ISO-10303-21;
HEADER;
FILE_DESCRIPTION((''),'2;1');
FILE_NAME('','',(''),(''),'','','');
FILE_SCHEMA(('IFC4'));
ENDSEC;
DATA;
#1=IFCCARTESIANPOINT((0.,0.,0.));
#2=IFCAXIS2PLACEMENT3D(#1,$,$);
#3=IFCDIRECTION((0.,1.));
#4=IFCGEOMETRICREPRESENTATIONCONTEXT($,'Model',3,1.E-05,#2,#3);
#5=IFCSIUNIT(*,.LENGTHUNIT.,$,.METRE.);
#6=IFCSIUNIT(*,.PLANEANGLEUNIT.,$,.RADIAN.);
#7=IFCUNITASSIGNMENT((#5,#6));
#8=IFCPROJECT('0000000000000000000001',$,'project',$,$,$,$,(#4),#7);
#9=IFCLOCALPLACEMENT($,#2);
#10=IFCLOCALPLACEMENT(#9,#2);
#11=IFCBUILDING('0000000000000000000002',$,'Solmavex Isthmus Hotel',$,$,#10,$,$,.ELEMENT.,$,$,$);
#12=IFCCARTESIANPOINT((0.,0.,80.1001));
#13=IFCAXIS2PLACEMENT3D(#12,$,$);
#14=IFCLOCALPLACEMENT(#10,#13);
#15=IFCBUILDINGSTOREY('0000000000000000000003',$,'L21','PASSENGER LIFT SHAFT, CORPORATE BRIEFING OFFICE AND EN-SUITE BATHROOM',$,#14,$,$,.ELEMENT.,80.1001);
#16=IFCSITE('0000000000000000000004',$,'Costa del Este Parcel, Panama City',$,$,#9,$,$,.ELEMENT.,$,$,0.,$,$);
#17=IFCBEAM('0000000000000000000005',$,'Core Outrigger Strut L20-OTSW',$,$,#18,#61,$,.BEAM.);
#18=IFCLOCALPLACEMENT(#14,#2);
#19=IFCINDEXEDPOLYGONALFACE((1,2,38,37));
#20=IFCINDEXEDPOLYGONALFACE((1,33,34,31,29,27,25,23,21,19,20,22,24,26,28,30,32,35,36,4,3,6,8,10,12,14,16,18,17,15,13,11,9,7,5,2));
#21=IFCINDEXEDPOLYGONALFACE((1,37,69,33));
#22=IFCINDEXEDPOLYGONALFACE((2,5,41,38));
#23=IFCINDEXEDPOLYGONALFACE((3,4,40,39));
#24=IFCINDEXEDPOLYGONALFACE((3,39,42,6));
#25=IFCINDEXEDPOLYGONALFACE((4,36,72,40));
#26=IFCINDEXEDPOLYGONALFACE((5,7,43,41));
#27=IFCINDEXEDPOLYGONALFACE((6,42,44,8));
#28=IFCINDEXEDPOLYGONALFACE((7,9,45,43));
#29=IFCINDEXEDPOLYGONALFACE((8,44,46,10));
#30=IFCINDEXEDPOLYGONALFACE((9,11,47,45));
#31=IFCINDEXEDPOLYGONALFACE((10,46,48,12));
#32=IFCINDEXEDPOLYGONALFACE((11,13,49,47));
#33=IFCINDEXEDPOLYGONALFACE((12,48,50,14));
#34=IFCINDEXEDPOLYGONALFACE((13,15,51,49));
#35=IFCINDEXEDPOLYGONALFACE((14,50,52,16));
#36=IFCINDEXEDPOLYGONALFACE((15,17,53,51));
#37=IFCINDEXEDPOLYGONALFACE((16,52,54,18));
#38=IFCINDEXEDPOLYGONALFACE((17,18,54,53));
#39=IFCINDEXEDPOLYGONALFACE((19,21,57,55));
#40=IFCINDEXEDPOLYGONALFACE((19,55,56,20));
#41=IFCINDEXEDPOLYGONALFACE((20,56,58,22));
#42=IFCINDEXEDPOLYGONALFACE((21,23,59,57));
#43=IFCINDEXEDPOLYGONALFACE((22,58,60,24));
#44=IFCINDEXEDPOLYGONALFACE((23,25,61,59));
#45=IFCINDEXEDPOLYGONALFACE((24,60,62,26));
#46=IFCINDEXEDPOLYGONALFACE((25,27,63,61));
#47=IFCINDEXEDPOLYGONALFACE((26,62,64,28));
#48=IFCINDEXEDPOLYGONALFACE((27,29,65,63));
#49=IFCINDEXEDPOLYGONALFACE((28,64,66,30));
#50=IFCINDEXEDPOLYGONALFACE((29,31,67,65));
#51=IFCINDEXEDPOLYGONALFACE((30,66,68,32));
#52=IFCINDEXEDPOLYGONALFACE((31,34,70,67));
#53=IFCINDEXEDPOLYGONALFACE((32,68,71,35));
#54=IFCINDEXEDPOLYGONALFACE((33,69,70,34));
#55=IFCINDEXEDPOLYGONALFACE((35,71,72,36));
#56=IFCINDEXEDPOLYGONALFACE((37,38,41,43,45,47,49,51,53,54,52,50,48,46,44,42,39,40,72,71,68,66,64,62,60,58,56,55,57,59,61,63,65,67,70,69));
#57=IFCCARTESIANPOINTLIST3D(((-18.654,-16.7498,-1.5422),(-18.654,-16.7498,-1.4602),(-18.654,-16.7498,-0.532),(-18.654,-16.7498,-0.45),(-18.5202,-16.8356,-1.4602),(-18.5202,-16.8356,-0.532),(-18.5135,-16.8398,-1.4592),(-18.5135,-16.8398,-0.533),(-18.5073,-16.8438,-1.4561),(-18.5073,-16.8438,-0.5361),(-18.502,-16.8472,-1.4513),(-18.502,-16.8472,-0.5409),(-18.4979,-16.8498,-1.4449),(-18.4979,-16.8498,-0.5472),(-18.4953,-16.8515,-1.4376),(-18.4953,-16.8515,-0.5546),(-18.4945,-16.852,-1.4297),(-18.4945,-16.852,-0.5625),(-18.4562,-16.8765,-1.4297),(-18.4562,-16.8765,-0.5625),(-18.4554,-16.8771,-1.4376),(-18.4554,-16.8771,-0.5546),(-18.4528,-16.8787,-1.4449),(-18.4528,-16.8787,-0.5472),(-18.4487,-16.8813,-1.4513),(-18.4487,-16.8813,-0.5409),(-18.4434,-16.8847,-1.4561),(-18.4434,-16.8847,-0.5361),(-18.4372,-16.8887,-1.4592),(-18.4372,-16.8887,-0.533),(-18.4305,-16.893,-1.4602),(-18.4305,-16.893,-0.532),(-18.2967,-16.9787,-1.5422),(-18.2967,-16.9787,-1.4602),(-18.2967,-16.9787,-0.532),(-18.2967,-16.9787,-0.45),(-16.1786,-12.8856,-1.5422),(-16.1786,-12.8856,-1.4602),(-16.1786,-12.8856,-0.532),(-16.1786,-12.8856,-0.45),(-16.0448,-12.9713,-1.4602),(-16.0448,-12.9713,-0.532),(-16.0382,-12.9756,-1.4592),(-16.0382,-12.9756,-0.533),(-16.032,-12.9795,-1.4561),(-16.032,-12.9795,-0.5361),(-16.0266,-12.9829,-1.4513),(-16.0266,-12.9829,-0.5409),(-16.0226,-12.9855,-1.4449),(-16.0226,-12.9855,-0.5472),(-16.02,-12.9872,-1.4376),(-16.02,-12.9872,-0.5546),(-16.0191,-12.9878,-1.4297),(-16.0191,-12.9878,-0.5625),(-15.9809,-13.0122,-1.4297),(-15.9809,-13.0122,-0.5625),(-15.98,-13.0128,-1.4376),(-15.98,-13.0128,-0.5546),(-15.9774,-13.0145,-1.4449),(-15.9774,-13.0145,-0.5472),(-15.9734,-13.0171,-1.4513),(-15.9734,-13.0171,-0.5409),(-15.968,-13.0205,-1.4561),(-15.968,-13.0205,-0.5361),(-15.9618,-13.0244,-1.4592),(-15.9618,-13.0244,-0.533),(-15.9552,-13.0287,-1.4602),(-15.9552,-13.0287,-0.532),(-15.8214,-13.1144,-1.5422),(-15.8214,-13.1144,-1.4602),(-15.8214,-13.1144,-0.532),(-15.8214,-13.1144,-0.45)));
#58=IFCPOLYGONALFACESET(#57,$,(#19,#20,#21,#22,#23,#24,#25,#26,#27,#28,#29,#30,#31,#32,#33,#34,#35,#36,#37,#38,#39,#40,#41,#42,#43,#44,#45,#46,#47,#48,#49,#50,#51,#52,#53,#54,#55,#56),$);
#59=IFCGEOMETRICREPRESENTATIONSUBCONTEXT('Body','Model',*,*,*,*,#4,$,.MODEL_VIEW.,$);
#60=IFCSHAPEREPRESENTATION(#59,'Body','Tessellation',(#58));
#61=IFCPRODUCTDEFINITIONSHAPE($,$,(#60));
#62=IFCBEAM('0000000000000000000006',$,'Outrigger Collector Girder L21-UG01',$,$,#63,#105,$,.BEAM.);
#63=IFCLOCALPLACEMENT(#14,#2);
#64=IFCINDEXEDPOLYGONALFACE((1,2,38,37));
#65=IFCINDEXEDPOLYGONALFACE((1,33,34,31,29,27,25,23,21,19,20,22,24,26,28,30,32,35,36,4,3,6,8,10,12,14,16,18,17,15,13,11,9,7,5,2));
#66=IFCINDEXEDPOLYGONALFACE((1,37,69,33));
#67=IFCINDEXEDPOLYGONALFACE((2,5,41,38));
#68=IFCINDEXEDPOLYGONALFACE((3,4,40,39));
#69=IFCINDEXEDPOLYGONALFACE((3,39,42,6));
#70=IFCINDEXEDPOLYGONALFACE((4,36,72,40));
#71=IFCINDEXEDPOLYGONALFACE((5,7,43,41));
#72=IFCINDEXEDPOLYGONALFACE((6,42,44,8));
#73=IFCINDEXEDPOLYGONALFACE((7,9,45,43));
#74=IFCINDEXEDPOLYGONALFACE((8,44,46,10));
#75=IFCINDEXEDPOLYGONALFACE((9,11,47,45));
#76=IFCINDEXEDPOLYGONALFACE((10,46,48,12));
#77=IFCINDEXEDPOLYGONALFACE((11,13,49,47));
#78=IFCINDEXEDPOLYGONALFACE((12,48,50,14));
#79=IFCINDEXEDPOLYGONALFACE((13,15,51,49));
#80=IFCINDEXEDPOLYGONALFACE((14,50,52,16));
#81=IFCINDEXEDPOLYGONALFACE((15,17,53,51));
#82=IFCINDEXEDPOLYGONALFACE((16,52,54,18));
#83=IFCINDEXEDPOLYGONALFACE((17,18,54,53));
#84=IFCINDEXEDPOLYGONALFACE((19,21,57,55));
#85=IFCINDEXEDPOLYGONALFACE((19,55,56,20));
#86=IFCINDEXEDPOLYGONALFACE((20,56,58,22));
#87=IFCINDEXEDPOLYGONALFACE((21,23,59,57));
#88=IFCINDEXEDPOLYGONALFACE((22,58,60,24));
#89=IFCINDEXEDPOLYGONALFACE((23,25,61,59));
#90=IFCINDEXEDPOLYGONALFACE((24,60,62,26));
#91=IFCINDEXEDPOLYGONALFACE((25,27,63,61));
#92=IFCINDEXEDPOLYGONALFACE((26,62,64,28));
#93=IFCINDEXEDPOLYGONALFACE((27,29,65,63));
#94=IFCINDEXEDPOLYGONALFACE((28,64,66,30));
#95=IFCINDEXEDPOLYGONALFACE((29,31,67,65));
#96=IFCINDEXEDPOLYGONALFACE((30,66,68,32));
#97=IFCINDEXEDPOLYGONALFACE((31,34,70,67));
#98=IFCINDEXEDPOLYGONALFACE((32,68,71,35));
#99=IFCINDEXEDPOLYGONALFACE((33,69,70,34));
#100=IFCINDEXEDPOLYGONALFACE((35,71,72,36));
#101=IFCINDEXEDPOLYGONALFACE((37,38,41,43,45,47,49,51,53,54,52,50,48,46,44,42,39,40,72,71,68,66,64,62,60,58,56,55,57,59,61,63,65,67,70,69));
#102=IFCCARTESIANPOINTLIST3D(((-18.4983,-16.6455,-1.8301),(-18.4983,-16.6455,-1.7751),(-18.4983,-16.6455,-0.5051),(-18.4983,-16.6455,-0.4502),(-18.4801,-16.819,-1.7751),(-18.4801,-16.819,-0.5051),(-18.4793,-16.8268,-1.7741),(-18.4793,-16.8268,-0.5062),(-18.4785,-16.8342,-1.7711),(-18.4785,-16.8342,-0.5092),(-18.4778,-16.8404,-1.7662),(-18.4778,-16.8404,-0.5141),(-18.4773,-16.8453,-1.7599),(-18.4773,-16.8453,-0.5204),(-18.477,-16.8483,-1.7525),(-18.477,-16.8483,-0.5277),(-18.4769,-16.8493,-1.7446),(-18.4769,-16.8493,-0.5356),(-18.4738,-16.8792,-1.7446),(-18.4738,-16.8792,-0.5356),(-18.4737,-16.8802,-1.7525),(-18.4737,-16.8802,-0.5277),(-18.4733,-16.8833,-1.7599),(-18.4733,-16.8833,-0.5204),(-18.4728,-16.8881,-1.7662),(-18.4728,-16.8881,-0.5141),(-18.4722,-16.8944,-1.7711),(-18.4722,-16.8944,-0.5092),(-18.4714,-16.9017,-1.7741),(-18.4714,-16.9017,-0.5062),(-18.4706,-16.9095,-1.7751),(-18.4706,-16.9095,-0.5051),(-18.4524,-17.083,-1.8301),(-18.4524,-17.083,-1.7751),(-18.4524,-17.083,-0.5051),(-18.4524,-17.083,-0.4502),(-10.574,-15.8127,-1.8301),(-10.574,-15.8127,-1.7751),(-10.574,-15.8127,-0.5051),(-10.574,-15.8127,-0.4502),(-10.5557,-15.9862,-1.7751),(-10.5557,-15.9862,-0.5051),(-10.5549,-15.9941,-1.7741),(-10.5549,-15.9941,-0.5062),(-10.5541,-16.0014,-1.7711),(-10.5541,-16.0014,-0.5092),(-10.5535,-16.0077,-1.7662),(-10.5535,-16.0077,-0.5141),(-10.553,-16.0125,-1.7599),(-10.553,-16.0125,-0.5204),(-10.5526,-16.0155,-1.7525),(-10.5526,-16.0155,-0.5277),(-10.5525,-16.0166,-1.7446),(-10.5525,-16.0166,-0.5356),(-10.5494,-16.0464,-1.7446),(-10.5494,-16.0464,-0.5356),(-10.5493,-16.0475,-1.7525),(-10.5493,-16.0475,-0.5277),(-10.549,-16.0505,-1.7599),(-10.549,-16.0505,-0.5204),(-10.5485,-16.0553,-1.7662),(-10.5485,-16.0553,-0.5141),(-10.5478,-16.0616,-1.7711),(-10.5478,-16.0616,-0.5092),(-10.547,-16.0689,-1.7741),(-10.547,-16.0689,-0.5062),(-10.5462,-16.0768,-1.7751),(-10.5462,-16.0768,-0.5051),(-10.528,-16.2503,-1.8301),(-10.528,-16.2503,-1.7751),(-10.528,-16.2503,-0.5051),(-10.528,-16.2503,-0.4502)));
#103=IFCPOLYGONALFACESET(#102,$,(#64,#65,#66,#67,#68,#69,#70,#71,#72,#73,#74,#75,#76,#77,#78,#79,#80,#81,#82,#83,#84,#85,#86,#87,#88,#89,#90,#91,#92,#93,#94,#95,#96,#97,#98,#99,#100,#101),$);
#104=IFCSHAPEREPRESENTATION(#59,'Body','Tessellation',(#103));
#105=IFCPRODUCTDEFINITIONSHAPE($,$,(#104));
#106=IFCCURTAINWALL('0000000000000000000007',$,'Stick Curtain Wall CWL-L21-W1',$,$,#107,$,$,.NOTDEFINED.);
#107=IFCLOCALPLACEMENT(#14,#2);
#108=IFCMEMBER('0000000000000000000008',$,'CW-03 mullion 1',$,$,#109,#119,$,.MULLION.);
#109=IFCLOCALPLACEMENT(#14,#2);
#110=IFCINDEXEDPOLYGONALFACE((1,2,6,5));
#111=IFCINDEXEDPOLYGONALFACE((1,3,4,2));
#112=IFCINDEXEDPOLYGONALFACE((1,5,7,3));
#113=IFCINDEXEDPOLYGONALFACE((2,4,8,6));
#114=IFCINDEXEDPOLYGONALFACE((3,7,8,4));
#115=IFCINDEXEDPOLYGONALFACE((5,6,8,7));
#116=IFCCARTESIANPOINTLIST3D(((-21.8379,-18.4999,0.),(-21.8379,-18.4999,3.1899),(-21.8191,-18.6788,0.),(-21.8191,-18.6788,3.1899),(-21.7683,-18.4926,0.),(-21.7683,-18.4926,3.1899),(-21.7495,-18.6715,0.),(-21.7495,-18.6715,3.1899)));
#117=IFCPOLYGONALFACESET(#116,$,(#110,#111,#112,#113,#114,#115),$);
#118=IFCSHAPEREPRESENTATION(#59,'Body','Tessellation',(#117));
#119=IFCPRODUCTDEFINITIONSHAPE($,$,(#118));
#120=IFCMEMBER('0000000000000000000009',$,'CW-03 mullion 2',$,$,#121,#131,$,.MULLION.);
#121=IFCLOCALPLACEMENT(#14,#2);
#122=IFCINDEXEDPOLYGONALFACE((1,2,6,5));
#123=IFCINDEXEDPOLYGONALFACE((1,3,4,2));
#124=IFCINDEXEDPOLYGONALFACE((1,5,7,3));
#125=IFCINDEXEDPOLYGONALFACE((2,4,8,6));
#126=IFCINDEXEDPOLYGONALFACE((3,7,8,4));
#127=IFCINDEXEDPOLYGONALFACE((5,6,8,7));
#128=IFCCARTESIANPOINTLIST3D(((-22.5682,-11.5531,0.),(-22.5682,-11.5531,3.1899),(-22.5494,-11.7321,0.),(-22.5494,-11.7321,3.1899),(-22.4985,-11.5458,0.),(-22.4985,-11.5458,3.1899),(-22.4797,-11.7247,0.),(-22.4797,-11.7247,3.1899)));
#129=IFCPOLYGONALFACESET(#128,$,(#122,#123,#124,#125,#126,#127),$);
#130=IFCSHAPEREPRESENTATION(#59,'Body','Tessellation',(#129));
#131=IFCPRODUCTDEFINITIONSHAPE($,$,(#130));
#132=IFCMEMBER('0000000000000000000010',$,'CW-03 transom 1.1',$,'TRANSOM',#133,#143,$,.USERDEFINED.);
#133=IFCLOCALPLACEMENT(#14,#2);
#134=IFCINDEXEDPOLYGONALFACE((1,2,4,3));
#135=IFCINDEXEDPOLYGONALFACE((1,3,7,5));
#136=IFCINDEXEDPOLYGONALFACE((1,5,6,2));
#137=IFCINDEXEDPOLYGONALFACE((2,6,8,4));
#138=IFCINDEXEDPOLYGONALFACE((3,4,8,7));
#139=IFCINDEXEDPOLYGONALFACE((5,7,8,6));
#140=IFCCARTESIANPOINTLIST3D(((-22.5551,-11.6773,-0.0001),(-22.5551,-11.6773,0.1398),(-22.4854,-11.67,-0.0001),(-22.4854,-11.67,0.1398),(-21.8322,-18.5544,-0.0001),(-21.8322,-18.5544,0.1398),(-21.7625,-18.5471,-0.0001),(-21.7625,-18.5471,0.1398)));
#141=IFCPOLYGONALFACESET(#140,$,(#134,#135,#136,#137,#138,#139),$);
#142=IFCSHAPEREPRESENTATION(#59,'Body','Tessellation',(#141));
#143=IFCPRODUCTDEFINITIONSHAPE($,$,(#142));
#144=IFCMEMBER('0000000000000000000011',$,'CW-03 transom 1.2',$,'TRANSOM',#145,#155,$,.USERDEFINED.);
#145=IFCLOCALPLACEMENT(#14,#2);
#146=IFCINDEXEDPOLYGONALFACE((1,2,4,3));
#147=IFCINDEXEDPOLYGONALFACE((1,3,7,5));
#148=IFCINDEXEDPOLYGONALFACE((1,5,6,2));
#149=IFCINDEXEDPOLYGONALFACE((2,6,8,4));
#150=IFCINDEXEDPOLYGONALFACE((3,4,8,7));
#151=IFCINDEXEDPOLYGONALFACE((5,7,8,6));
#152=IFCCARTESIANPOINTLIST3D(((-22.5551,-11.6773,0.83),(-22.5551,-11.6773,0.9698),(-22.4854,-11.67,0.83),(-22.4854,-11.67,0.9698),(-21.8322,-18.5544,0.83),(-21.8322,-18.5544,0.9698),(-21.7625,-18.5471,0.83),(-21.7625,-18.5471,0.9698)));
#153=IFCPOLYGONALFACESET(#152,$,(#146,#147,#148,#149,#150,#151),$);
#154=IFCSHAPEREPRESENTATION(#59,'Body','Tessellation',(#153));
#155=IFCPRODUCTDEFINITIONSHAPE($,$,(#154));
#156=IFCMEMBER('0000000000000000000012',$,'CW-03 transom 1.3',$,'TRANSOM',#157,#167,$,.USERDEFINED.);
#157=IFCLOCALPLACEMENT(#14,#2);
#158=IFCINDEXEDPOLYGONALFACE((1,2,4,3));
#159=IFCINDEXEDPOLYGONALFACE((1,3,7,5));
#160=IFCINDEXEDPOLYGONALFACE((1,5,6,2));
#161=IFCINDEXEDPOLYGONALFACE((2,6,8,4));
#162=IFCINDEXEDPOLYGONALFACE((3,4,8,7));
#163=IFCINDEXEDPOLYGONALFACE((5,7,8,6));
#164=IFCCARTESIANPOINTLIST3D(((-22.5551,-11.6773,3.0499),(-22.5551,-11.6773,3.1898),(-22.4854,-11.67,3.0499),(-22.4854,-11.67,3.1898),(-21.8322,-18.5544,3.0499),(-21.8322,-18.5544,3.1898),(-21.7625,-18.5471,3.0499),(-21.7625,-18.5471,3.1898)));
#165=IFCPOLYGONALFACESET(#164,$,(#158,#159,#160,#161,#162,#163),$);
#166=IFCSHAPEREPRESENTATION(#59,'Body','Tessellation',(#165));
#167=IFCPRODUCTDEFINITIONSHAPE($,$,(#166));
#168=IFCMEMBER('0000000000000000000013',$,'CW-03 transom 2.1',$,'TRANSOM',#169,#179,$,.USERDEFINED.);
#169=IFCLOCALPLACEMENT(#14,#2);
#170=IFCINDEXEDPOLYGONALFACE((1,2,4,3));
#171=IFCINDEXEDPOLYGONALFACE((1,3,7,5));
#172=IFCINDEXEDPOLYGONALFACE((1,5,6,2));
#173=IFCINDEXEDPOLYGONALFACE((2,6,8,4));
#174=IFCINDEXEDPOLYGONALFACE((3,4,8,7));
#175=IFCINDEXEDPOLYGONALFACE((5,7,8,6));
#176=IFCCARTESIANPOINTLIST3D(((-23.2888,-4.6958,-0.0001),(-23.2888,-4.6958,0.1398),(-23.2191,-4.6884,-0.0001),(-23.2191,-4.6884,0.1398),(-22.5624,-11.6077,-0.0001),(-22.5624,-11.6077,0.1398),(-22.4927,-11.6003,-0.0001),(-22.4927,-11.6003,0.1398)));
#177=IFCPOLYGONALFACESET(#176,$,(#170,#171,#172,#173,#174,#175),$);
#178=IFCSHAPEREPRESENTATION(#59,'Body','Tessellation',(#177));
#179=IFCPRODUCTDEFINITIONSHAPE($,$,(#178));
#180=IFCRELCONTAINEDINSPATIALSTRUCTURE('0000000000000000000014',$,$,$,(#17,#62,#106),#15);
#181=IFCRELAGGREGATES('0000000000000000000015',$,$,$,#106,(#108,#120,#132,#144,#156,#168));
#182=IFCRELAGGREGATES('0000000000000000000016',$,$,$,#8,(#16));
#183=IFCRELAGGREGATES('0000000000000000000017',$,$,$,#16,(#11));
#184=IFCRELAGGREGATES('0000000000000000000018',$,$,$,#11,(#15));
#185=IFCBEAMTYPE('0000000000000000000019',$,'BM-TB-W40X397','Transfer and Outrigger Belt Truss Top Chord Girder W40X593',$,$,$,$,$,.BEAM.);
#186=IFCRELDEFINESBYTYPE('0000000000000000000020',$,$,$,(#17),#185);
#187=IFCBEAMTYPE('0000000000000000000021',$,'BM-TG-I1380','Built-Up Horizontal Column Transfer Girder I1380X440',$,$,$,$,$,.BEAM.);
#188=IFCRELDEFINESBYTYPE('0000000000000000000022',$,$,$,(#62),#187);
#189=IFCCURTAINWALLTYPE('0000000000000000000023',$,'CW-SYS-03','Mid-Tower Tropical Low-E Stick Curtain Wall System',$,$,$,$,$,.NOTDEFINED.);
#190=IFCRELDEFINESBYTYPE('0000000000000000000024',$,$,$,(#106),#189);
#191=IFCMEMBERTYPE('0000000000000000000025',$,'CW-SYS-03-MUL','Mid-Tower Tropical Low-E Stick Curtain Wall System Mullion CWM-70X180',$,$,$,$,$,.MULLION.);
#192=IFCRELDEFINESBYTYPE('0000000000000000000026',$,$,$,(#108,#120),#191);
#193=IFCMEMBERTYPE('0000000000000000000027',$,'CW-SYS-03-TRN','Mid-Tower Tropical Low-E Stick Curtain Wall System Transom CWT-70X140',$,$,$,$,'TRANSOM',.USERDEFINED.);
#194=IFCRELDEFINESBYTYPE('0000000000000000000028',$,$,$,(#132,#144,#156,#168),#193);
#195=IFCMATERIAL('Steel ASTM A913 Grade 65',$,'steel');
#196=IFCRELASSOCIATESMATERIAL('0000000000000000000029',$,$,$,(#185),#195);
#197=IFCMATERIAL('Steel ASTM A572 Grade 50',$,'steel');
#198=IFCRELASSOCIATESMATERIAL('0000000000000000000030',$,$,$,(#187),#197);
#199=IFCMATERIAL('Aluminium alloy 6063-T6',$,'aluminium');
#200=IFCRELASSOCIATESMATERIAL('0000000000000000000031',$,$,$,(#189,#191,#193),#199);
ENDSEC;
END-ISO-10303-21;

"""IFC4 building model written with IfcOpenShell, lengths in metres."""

from ifc_helpers import new_model, si_unit, direction, frame, origin, origin_2d, place, context, subcontext, project, spatial, rectangle, i_section, extrude, material, material_profile, profile_set, type_object, element, aggregate, save


model = new_model("IFC4")

# Units and contexts
model_context = context("Model", 3, precision=1e-05, world=origin(), true_north=direction((0.0, 1.0)))
body_context = subcontext(model_context, "Body", "Model", "MODEL_VIEW")
ifc_project = project(units=[si_unit("LENGTHUNIT", "METRE"), si_unit("PLANEANGLEUNIT", "RADIAN")], contexts=[model_context])

# Site, building, storey
site_placement = place(None, origin())
site = spatial("IfcSite", under=ifc_project, at=site_placement, Name="Costa del Este Parcel, Panama City", CompositionType="ELEMENT", RefElevation=0.0)
building_placement = place(site_placement, origin())
building = spatial("IfcBuilding", under=site, at=building_placement, Name="Solmavex Isthmus Hotel", CompositionType="ELEMENT")
storey_placement = place(building_placement, frame((0.0, 0.0, 80.1001)))
storey = spatial("IfcBuildingStorey", under=building, at=storey_placement, Name="L21", Description="PASSENGER LIFT SHAFT, CORPORATE BRIEFING OFFICE AND EN-SUITE BATHROOM", CompositionType="ELEMENT", Elevation=80.1001)

# Shared definitions
ifc_material_1 = material(Name="Steel ASTM A913 Grade 65", Category="steel")

# Beams
ifc_material_2 = material(Name="Steel ASTM A572 Grade 50", Category="steel")
ifc_material_profile_1 = material_profile(ifc_material_1, i_section(OverallWidth=0.4243, OverallDepth=1.0923, WebThickness=0.0454, FlangeThickness=0.082, FilletRadius=0.0305, at=origin_2d()), Name="W40X593")
ifc_profile_set_1 = profile_set([ifc_material_profile_1], Name="Steel ASTM A913 Grade 65")
beam_type_1 = type_object("IfcBeamType", Name="BM-TB-W40X397", Description="Transfer and Outrigger Belt Truss Top Chord Girder W40X593", PredefinedType="BEAM", material=ifc_profile_set_1)
beam_1_placement = place(storey_placement, frame((-16.0, -13.0, -0.9961), z_axis=(-0.539396, -0.842052, 0.0), x_axis=(0.842052, -0.539396, 0.0)))
element("IfcBeam", 1, at=beam_1_placement, inside=storey, type_object=beam_type_1, Name="Core Outrigger Strut L20-OTSW", PredefinedType="BEAM", context=body_context, shape_type="SweptSolid", body=[
    extrude(i_section(OverallWidth=0.4243, OverallDepth=1.0923, WebThickness=0.0454, FlangeThickness=0.082, FilletRadius=0.0305, at=origin_2d()), origin(), (0.0, 0.0, 1.0), 4.5891),
])
ifc_material_profile_2 = material_profile(ifc_material_2, i_section(OverallWidth=0.4399, OverallDepth=1.3799, WebThickness=0.03, FlangeThickness=0.0549, FilletRadius=0.0305, at=origin_2d()), Name="I1380X440")
ifc_profile_set_2 = profile_set([ifc_material_profile_2], Name="Steel ASTM A572 Grade 50")
beam_type_2 = type_object("IfcBeamType", Name="BM-TG-I1380", Description="Built-Up Horizontal Column Transfer Girder I1380X440", PredefinedType="BEAM", material=ifc_profile_set_2)
beam_2_placement = place(storey_placement, frame((-18.4753, -16.8643, -1.1401), z_axis=(0.994523, 0.104514, 0.0), x_axis=(-0.104514, 0.994523, 0.0)))
element("IfcBeam", 2, at=beam_2_placement, inside=storey, type_object=beam_type_2, Name="Outrigger Collector Girder L21-UG01", PredefinedType="BEAM", context=body_context, shape_type="SweptSolid", body=[
    extrude(i_section(OverallWidth=0.4399, OverallDepth=1.3799, WebThickness=0.03, FlangeThickness=0.0549, FilletRadius=0.0305, at=origin_2d()), origin(), (0.0, 0.0, 1.0), 7.968),
])

# Curtain wall, members
ifc_material_3 = material(Name="Aluminium alloy 6063-T6", Category="aluminium")
curtain_wall_type = type_object("IfcCurtainWallType", Name="CW-SYS-03", Description="Mid-Tower Tropical Low-E Stick Curtain Wall System", PredefinedType="NOTDEFINED", material=ifc_material_3)
curtain_wall_placement = place(storey_placement, origin())
curtain_wall = element("IfcCurtainWall", 3, at=curtain_wall_placement, inside=storey, type_object=curtain_wall_type, Name="Stick Curtain Wall CWL-L21-W1", PredefinedType="NOTDEFINED")
ifc_material_profile_3 = material_profile(ifc_material_3, rectangle(XDim=0.0701, YDim=0.1799, at=origin_2d()), Name="CWM-70X180")
ifc_profile_set_3 = profile_set([ifc_material_profile_3], Name="Aluminium alloy 6063-T6")
member_type_1 = type_object("IfcMemberType", Name="CW-SYS-03-MUL", Description="Mid-Tower Tropical Low-E Stick Curtain Wall System Mullion CWM-70X180", PredefinedType="MULLION", material=ifc_profile_set_3)
member_1_placement = place(storey_placement, frame((-21.7937, -18.5857, 0.0), z_axis=(0.0, 0.0, 1.0), x_axis=(-0.994522, -0.104528, 0.0)))
member_1 = element("IfcMember", 4, at=member_1_placement, type_object=member_type_1, Name="CW-03 mullion 1", PredefinedType="MULLION", context=body_context, shape_type="SweptSolid", body=[
    extrude(rectangle(XDim=0.0701, YDim=0.1799, at=origin_2d()), origin(), (0.0, 0.0, 1.0), 3.1899),
])
member_2_placement = place(storey_placement, frame((-22.5239, -11.6389, 0.0), z_axis=(0.0, 0.0, 1.0), x_axis=(-0.994522, -0.104528, 0.0)))
member_2 = element("IfcMember", 5, at=member_2_placement, type_object=member_type_1, Name="CW-03 mullion 2", PredefinedType="MULLION", context=body_context, shape_type="SweptSolid", body=[
    extrude(rectangle(XDim=0.0701, YDim=0.1799, at=origin_2d()), origin(), (0.0, 0.0, 1.0), 3.1899),
])
ifc_material_profile_4 = material_profile(ifc_material_3, rectangle(XDim=0.0701, YDim=0.1399, at=origin_2d()), Name="CWT-70X140")
ifc_profile_set_4 = profile_set([ifc_material_profile_4], Name="Aluminium alloy 6063-T6")
member_type_2 = type_object("IfcMemberType", Name="CW-SYS-03-TRN", Description="Mid-Tower Tropical Low-E Stick Curtain Wall System Transom CWT-70X140", ElementType="TRANSOM", PredefinedType="USERDEFINED", material=ifc_profile_set_4)
member_3_placement = place(storey_placement, frame((-21.7974, -18.5508, 0.0698), z_axis=(-0.10454, 0.994521, 0.0), x_axis=(-0.994521, -0.10454, 0.0)))
member_3 = element("IfcMember", 6, at=member_3_placement, type_object=member_type_2, Name="CW-03 transom 1.1", ObjectType="TRANSOM", PredefinedType="USERDEFINED", context=body_context, shape_type="SweptSolid", body=[
    extrude(rectangle(XDim=0.0701, YDim=0.1399, at=origin_2d()), origin(), (0.0, 0.0, 1.0), 6.915),
])
member_4_placement = place(storey_placement, frame((-21.7974, -18.5508, 0.8999), z_axis=(-0.10454, 0.994521, 0.0), x_axis=(-0.994521, -0.10454, 0.0)))
member_4 = element("IfcMember", 7, at=member_4_placement, type_object=member_type_2, Name="CW-03 transom 1.2", ObjectType="TRANSOM", PredefinedType="USERDEFINED", context=body_context, shape_type="SweptSolid", body=[
    extrude(rectangle(XDim=0.0701, YDim=0.1399, at=origin_2d()), origin(), (0.0, 0.0, 1.0), 6.915),
])
member_5_placement = place(storey_placement, frame((-21.7974, -18.5508, 3.1199), z_axis=(-0.10454, 0.994521, 0.0), x_axis=(-0.994521, -0.10454, 0.0)))
member_5 = element("IfcMember", 8, at=member_5_placement, type_object=member_type_2, Name="CW-03 transom 1.3", ObjectType="TRANSOM", PredefinedType="USERDEFINED", context=body_context, shape_type="SweptSolid", body=[
    extrude(rectangle(XDim=0.0701, YDim=0.1399, at=origin_2d()), origin(), (0.0, 0.0, 1.0), 6.915),
])
member_6_placement = place(storey_placement, frame((-22.5276, -11.604, 0.0698), z_axis=(-0.104507, 0.994524, 0.0), x_axis=(-0.994524, -0.104507, 0.0)))
member_6 = element("IfcMember", 9, at=member_6_placement, type_object=member_type_2, Name="CW-03 transom 2.1", ObjectType="TRANSOM", PredefinedType="USERDEFINED", context=body_context, shape_type="SweptSolid", body=[
    extrude(rectangle(XDim=0.0701, YDim=0.1399, at=origin_2d()), origin(), (0.0, 0.0, 1.0), 6.95),
])
aggregate(curtain_wall, [member_1, member_2, member_3, member_4, member_5, member_6])

save(model, "model.ifc")
